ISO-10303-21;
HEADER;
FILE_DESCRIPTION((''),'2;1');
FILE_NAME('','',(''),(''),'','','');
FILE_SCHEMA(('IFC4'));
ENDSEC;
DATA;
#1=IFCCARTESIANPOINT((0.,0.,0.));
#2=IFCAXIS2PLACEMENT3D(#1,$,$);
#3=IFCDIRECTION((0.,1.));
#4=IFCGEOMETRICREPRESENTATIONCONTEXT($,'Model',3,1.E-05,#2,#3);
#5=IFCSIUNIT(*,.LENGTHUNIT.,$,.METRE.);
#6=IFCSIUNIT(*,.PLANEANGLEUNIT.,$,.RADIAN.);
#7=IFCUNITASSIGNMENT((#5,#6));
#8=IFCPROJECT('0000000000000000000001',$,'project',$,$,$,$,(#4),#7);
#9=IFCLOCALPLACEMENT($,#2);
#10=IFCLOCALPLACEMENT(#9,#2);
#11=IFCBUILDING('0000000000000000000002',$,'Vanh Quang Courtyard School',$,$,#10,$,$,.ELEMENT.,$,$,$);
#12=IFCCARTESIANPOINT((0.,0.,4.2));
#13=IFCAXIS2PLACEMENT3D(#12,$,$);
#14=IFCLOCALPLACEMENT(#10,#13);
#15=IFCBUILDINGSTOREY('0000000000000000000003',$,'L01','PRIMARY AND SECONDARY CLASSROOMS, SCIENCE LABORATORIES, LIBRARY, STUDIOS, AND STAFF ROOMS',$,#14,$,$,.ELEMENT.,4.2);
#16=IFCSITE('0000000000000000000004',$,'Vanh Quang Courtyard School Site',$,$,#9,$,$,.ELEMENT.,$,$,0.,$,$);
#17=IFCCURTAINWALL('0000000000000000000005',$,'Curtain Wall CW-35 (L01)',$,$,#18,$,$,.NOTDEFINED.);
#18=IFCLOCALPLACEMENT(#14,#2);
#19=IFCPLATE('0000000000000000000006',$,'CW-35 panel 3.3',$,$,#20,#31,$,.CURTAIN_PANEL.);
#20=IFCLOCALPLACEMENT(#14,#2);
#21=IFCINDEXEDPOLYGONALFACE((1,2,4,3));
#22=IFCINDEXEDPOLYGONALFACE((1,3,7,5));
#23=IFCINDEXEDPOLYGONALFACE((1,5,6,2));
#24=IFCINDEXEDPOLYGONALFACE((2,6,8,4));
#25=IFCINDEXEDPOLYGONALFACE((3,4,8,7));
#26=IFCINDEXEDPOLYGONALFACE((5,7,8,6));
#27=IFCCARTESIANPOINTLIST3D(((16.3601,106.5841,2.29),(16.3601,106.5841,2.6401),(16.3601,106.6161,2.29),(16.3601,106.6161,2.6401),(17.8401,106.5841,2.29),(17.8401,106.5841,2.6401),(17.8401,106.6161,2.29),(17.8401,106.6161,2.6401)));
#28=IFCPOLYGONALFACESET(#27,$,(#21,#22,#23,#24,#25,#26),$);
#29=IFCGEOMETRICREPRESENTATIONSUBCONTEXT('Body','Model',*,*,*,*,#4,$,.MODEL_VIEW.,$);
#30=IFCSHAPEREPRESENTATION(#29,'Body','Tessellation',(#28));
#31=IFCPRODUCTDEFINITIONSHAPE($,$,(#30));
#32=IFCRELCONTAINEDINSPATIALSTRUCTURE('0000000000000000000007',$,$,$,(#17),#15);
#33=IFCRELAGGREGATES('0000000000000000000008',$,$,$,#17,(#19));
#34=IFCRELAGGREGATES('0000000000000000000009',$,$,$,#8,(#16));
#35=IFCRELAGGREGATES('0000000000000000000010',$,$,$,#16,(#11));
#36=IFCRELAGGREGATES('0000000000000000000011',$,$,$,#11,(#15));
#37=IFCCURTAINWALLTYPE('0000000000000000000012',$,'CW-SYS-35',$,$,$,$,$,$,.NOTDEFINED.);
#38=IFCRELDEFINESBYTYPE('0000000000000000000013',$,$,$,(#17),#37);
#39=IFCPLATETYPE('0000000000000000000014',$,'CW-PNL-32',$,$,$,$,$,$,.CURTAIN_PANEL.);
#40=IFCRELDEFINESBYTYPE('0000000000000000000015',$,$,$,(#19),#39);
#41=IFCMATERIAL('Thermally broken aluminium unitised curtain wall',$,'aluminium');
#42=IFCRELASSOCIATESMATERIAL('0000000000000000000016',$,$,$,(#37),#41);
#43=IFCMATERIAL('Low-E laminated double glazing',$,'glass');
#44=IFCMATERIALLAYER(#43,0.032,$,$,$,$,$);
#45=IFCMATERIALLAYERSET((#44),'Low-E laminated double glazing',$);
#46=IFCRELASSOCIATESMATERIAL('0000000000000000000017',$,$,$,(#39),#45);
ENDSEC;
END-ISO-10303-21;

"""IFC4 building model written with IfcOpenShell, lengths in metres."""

from ifc_helpers import new_model, si_unit, direction, frame, origin, origin_2d, place, context, subcontext, project, spatial, rectangle, extrude, material, layer, layer_set, type_object, element, aggregate, save


model = new_model("IFC4")

# Units and contexts
model_context = context("Model", 3, precision=1e-05, world=origin(), true_north=direction((0.0, 1.0)))
body_context = subcontext(model_context, "Body", "Model", "MODEL_VIEW")
ifc_project = project(units=[si_unit("LENGTHUNIT", "METRE"), si_unit("PLANEANGLEUNIT", "RADIAN")], contexts=[model_context])

# Site, building, storey
site_placement = place(None, origin())
site = spatial("IfcSite", under=ifc_project, at=site_placement, Name="Vanh Quang Courtyard School Site", CompositionType="ELEMENT", RefElevation=0.0)
building_placement = place(site_placement, origin())
building = spatial("IfcBuilding", under=site, at=building_placement, Name="Vanh Quang Courtyard School", CompositionType="ELEMENT")
storey_placement = place(building_placement, frame((0.0, 0.0, 4.2)))
storey = spatial("IfcBuildingStorey", under=building, at=storey_placement, Name="L01", Description="PRIMARY AND SECONDARY CLASSROOMS, SCIENCE LABORATORIES, LIBRARY, STUDIOS, AND STAFF ROOMS", CompositionType="ELEMENT", Elevation=4.2)

# Shared definitions
ifc_material_1 = material(Name="Thermally broken aluminium unitised curtain wall", Category="aluminium")

# Curtain wall
curtain_wall_type_1 = type_object("IfcCurtainWallType", Name="CW-SYS-35", PredefinedType="NOTDEFINED", material=ifc_material_1)
curtain_wall_1_placement = place(storey_placement, origin())
curtain_wall_1 = element("IfcCurtainWall", 1, at=curtain_wall_1_placement, inside=storey, type_object=curtain_wall_type_1, Name="Curtain Wall CW-35 (L01)", PredefinedType="NOTDEFINED")

# Plate
ifc_material_2 = material(Name="Low-E laminated double glazing", Category="glass")
ifc_layer = layer(ifc_material_2, 0.032)
ifc_layer_set = layer_set([ifc_layer], Name="Low-E laminated double glazing")
plate_type = type_object("IfcPlateType", Name="CW-PNL-32", PredefinedType="CURTAIN_PANEL", material=ifc_layer_set)
plate_1_placement = place(storey_placement, frame((17.1001, 106.6001, 2.29), z_axis=(0.0, 0.0, 1.0), x_axis=(-1.0, 0.0, 0.0)))
plate_1 = element("IfcPlate", 2, at=plate_1_placement, type_object=plate_type, Name="CW-35 panel 3.3", PredefinedType="CURTAIN_PANEL", context=body_context, shape_type="SweptSolid", body=[
    extrude(rectangle(XDim=1.48, YDim=0.032, at=origin_2d()), origin(), (0.0, 0.0, 1.0), 0.3501),
])
aggregate(curtain_wall_1, [plate_1])

save(model, "model.ifc")
